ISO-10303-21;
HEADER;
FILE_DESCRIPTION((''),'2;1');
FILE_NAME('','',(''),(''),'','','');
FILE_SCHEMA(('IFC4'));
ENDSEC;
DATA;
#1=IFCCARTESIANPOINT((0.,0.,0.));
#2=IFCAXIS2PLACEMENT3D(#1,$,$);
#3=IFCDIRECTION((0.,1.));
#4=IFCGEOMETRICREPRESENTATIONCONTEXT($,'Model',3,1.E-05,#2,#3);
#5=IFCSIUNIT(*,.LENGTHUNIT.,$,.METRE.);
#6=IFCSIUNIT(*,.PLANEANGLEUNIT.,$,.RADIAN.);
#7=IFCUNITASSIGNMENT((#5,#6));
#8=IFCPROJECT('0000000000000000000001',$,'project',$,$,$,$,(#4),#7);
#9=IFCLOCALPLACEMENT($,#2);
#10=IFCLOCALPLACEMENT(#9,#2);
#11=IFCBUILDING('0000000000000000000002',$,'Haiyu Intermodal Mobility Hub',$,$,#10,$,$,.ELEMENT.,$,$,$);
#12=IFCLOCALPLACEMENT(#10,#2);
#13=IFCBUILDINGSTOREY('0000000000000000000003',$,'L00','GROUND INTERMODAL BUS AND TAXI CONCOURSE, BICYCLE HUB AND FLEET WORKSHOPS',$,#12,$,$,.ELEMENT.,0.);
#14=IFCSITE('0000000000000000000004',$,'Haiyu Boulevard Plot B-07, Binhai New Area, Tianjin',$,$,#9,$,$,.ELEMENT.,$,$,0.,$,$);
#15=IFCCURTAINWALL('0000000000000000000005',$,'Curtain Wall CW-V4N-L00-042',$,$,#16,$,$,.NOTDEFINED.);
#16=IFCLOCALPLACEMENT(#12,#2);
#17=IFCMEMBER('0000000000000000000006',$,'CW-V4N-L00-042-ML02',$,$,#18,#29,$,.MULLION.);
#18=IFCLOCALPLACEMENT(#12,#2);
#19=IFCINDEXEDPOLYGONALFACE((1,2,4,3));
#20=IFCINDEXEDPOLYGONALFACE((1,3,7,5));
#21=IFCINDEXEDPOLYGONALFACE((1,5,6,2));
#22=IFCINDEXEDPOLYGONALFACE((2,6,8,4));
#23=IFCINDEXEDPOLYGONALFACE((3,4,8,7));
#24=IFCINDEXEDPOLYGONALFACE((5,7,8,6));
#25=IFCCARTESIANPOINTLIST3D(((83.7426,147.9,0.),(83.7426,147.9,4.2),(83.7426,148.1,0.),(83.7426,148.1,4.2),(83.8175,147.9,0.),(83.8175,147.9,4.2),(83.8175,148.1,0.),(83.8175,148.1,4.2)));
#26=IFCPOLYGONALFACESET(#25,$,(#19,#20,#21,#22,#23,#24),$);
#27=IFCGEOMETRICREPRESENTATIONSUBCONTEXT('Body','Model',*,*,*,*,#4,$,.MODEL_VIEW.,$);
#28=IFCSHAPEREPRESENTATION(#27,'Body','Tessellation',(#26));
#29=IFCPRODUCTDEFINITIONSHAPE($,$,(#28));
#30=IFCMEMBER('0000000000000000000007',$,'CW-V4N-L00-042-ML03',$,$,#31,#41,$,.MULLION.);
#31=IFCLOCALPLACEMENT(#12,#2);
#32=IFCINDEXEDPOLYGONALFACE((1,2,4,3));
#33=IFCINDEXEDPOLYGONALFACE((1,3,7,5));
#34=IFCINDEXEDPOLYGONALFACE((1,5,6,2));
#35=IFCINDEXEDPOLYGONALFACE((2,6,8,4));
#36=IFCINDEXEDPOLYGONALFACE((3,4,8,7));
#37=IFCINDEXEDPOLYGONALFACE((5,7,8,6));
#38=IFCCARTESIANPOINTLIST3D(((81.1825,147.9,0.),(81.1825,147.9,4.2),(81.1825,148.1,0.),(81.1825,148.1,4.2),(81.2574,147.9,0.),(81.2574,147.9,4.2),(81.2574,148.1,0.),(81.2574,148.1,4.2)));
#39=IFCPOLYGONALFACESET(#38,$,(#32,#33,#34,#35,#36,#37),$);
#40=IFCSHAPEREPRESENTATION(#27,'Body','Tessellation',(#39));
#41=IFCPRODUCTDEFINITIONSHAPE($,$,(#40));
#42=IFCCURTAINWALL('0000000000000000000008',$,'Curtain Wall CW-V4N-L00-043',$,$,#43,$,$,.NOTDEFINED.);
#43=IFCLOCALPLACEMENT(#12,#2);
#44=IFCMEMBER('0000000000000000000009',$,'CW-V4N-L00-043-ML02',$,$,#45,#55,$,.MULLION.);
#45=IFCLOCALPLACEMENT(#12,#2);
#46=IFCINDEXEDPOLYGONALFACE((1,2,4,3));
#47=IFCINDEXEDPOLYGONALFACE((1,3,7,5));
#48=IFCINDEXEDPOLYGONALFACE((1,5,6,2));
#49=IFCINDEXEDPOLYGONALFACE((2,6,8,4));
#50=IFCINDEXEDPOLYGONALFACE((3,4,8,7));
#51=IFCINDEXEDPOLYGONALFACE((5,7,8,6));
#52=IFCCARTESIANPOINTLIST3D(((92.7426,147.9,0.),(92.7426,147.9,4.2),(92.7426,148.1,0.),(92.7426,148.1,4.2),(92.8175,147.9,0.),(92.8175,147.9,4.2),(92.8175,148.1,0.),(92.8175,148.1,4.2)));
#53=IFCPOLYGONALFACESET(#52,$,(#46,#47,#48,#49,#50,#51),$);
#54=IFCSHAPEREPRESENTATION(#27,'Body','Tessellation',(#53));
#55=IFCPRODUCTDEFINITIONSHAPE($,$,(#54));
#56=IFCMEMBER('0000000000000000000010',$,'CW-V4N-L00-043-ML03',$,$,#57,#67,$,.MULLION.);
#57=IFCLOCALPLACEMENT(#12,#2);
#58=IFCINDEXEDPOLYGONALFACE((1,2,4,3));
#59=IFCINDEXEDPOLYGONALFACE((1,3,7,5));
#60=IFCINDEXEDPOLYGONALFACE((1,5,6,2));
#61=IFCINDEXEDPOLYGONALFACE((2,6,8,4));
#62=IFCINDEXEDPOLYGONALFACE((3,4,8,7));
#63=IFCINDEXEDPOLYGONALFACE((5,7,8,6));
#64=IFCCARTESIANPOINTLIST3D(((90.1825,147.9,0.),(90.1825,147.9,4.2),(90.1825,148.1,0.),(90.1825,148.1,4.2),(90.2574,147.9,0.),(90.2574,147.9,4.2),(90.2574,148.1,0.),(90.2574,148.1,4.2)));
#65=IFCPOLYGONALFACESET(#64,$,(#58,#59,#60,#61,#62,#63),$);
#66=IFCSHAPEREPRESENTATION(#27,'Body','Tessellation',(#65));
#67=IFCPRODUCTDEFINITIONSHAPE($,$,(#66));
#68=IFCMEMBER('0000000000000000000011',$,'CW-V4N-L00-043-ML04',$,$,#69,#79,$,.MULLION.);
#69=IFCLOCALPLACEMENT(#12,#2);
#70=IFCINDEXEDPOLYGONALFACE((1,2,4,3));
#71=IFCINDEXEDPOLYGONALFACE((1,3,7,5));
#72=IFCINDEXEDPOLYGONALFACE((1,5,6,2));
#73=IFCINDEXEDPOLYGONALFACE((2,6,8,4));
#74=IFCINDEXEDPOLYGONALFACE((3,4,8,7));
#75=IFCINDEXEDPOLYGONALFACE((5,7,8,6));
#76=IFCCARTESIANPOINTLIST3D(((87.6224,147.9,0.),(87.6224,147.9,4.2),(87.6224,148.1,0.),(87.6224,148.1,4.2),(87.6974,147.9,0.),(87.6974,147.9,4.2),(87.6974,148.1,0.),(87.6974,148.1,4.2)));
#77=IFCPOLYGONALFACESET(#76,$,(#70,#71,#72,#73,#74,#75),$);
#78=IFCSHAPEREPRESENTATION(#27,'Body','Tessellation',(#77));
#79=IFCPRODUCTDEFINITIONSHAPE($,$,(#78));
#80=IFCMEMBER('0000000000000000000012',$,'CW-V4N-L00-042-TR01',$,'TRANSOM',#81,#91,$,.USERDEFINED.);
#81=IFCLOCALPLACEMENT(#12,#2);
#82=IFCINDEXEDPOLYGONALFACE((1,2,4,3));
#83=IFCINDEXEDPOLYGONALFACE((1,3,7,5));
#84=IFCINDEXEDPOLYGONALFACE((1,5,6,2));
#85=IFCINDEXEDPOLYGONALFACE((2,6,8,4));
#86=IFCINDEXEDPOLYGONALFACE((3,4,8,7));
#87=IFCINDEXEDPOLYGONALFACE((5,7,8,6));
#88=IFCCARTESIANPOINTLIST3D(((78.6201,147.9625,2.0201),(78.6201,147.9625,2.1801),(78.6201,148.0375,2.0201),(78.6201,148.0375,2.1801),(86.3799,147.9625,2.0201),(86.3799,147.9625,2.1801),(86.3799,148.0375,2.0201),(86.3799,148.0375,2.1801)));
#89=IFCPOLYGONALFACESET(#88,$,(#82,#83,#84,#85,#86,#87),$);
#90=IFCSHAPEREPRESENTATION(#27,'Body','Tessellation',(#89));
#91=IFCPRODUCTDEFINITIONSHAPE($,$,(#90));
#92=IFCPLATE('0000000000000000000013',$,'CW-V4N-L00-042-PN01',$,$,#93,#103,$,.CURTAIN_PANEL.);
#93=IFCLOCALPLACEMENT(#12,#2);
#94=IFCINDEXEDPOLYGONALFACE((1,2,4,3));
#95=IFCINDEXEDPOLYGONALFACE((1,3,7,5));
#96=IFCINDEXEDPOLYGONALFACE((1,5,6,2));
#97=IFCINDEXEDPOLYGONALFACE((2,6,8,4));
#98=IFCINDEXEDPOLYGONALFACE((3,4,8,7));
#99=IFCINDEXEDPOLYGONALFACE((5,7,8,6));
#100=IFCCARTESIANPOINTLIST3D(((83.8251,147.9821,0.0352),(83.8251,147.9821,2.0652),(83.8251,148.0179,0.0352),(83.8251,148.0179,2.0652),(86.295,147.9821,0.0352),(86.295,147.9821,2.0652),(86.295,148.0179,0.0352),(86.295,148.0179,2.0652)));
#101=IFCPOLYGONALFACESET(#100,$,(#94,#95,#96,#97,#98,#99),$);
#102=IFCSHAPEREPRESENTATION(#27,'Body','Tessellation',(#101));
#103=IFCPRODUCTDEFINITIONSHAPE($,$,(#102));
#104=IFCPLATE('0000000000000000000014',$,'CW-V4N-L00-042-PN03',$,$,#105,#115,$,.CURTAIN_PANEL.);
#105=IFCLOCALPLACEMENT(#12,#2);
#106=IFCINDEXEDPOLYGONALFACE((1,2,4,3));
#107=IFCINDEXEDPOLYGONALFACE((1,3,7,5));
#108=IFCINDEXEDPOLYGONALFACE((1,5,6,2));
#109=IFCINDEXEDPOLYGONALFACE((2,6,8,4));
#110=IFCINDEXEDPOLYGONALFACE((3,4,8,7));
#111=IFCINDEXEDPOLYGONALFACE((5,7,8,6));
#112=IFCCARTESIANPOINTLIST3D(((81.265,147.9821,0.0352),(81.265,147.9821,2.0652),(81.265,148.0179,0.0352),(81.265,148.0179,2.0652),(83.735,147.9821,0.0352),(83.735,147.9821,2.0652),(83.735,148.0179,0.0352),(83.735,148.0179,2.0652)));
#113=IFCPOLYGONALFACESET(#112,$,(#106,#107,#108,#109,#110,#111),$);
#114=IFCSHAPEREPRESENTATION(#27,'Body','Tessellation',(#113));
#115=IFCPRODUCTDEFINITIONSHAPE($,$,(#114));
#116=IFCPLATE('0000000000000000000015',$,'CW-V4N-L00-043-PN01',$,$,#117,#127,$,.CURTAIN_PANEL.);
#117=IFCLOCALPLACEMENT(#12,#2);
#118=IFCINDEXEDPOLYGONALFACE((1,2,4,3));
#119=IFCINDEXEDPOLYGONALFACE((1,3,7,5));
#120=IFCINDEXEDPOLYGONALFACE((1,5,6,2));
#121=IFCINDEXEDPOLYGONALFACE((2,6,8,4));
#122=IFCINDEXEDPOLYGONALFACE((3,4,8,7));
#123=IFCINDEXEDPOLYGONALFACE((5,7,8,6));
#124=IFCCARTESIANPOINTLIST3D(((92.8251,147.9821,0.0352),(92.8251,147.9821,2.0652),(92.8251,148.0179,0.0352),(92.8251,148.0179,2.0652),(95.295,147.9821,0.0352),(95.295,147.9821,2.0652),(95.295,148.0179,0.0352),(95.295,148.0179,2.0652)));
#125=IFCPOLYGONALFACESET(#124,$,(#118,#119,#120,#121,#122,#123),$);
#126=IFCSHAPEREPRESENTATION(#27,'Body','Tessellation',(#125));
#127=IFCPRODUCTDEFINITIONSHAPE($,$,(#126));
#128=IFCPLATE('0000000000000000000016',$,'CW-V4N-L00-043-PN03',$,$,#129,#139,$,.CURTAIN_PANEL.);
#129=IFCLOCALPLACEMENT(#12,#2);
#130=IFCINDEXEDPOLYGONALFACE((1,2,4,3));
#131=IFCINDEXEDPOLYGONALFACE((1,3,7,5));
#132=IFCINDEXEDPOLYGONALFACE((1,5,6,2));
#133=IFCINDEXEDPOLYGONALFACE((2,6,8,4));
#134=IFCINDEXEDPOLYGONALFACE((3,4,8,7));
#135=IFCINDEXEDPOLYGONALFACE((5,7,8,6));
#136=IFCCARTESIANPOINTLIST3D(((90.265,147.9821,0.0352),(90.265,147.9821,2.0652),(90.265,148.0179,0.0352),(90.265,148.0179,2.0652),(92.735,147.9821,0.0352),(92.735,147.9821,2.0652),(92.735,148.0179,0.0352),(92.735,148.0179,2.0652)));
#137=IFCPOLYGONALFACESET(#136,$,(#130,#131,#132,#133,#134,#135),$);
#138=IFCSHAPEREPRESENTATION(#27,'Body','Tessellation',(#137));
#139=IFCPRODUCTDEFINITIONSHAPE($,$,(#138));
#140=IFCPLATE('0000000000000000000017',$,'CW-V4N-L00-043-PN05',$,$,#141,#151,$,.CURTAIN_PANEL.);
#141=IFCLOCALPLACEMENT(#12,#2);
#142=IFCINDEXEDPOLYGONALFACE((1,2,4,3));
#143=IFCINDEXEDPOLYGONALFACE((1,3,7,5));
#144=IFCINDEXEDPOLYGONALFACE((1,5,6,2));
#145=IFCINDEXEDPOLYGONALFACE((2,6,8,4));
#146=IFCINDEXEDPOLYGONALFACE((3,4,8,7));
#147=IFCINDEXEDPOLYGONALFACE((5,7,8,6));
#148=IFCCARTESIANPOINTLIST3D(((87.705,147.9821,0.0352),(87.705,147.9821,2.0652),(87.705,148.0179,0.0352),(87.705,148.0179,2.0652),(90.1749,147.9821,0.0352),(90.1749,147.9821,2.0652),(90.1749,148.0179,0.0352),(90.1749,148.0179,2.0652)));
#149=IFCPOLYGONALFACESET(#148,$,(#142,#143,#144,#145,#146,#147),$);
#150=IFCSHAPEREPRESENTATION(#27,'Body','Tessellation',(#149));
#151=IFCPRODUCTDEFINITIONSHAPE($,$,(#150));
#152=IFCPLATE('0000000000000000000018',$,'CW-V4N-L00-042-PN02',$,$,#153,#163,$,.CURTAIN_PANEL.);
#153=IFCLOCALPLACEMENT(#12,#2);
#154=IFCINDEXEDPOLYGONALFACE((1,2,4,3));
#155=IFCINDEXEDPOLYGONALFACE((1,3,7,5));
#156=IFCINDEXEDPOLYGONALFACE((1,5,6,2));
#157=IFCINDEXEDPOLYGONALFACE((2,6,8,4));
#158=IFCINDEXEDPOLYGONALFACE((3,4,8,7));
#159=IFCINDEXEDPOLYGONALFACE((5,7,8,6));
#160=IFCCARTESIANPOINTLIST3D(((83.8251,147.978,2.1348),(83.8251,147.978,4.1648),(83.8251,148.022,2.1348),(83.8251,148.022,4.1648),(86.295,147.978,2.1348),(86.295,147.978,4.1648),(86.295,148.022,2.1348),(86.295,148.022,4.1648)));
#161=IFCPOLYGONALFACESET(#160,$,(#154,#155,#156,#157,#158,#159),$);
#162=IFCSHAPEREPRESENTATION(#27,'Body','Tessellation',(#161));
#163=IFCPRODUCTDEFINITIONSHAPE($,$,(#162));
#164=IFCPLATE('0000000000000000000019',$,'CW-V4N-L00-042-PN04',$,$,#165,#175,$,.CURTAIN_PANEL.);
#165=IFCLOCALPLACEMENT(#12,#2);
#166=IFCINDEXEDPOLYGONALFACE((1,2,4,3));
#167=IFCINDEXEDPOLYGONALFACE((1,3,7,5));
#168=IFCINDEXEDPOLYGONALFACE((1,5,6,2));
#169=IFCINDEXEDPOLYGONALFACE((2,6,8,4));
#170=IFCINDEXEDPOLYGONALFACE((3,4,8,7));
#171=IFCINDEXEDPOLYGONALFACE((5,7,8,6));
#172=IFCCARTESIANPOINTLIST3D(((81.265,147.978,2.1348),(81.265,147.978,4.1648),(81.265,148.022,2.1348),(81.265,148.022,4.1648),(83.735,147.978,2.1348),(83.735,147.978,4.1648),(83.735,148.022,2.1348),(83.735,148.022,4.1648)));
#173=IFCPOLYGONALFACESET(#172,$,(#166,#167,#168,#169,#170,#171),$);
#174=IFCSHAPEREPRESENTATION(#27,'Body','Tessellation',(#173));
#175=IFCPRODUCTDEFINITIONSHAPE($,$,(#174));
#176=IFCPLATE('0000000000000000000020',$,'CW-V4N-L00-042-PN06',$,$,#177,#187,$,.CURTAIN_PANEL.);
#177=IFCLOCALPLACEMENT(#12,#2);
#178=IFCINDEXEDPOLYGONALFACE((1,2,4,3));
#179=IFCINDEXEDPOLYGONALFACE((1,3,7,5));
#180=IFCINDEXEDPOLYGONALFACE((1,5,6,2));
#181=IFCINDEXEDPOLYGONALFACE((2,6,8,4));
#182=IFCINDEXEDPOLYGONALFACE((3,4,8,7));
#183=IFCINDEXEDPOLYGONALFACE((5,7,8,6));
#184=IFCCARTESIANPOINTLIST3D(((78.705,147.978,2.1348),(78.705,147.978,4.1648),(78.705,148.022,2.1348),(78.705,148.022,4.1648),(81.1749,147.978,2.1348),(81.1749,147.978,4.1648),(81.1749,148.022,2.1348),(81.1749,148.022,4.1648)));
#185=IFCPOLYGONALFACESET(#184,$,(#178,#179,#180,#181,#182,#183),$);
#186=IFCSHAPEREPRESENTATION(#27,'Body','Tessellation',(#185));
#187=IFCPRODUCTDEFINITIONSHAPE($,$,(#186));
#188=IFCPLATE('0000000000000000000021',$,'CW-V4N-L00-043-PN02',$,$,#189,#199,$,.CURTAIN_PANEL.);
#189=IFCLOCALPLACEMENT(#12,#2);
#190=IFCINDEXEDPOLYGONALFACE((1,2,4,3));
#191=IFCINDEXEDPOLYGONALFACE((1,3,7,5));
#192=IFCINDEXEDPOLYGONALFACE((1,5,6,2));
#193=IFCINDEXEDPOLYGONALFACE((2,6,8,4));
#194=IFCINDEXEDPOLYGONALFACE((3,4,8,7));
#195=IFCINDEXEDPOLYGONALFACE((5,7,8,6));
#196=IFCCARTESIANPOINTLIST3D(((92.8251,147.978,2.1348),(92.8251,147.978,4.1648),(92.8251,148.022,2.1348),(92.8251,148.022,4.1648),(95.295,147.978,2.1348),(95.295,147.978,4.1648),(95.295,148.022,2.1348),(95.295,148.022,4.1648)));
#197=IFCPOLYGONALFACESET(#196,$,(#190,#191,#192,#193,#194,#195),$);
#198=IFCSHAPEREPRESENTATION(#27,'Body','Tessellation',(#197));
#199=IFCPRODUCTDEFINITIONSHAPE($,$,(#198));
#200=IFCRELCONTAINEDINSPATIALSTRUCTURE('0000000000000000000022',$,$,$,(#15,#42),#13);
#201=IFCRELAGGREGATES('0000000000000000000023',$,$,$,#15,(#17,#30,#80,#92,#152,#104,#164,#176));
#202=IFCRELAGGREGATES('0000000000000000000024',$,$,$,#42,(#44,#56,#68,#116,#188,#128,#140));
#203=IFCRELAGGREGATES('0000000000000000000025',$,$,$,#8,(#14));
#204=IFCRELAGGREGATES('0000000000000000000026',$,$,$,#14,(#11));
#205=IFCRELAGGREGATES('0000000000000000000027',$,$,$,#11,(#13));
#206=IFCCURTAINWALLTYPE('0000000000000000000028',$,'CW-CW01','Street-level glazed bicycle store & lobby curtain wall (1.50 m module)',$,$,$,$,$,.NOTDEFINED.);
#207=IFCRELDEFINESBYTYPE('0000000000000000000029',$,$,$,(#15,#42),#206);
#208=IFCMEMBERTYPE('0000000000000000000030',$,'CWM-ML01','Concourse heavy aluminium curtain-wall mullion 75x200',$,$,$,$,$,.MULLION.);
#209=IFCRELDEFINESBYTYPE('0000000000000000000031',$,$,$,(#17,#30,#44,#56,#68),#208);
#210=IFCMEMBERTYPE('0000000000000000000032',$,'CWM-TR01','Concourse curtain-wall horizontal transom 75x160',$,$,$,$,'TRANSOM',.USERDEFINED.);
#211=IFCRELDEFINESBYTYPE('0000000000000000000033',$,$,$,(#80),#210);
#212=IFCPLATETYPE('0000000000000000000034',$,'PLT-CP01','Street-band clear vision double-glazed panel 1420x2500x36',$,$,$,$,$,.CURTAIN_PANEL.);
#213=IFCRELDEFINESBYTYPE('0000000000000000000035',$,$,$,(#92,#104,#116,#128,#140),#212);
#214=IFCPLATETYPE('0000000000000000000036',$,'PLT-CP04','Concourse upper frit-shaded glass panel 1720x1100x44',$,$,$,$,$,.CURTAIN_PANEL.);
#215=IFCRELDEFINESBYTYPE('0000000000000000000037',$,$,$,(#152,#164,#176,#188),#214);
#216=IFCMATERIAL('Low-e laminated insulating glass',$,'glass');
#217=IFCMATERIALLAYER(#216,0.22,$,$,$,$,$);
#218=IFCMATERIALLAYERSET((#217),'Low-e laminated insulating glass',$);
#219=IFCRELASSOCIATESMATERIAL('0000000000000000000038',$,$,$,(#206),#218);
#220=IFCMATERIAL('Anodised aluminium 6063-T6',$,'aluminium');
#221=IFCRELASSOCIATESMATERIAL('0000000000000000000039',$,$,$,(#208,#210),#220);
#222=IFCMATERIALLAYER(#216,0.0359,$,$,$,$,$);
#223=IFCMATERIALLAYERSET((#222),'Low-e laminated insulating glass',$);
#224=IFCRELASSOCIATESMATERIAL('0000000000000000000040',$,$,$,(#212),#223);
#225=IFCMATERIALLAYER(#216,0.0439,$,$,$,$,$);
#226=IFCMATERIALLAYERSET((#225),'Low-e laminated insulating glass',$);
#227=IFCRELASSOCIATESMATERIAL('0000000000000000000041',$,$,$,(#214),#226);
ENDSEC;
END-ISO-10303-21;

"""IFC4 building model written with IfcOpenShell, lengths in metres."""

from ifc_helpers import new_model, si_unit, direction, frame, origin, origin_2d, place, context, subcontext, project, spatial, rectangle, extrude, material, layer, layer_set, material_profile, profile_set, type_object, element, aggregate, save


model = new_model("IFC4")

# Units and contexts
model_context = context("Model", 3, precision=1e-05, world=origin(), true_north=direction((0.0, 1.0)))
body_context = subcontext(model_context, "Body", "Model", "MODEL_VIEW")
ifc_project = project(units=[si_unit("LENGTHUNIT", "METRE"), si_unit("PLANEANGLEUNIT", "RADIAN")], contexts=[model_context])

# Site, building, storey
site_placement = place(None, origin())
site = spatial("IfcSite", under=ifc_project, at=site_placement, Name="Haiyu Boulevard Plot B-07, Binhai New Area, Tianjin", CompositionType="ELEMENT", RefElevation=0.0)
building_placement = place(site_placement, origin())
building = spatial("IfcBuilding", under=site, at=building_placement, Name="Haiyu Intermodal Mobility Hub", CompositionType="ELEMENT")
storey_placement = place(building_placement, origin())
storey = spatial("IfcBuildingStorey", under=building, at=storey_placement, Name="L00", Description="GROUND INTERMODAL BUS AND TAXI CONCOURSE, BICYCLE HUB AND FLEET WORKSHOPS", CompositionType="ELEMENT", Elevation=0.0)

# Curtain walls, members
ifc_material_1 = material(Name="Low-e laminated insulating glass", Category="glass")
ifc_layer_1 = layer(ifc_material_1, 0.22)
ifc_layer_set_1 = layer_set([ifc_layer_1], Name="Low-e laminated insulating glass")
curtain_wall_type = type_object("IfcCurtainWallType", Name="CW-CW01", Description="Street-level glazed bicycle store & lobby curtain wall (1.50 m module)", PredefinedType="NOTDEFINED", material=ifc_layer_set_1)
curtain_wall_1_placement = place(storey_placement, origin())
curtain_wall_1 = element("IfcCurtainWall", 1, at=curtain_wall_1_placement, inside=storey, type_object=curtain_wall_type, Name="Curtain Wall CW-V4N-L00-042", PredefinedType="NOTDEFINED")
ifc_material_2 = material(Name="Anodised aluminium 6063-T6", Category="aluminium")
ifc_material_profile_1 = material_profile(ifc_material_2, rectangle(XDim=0.075, YDim=0.2, at=origin_2d()), Name="ALU75x200")
ifc_profile_set_1 = profile_set([ifc_material_profile_1], Name="Anodised aluminium 6063-T6")
member_type_1 = type_object("IfcMemberType", Name="CWM-ML01", Description="Concourse heavy aluminium curtain-wall mullion 75x200", PredefinedType="MULLION", material=ifc_profile_set_1)
member_1_placement = place(storey_placement, frame((83.78, 148.0, 0.0), z_axis=(0.0, 0.0, 1.0), x_axis=(1.0, 0.0, 0.0)))
member_1 = element("IfcMember", 2, at=member_1_placement, type_object=member_type_1, Name="CW-V4N-L00-042-ML02", PredefinedType="MULLION", context=body_context, shape_type="SweptSolid", body=[
    extrude(rectangle(XDim=0.075, YDim=0.2, at=origin_2d()), origin(), (0.0, 0.0, 1.0), 4.2),
])
member_2_placement = place(storey_placement, frame((81.22, 148.0, 0.0), z_axis=(0.0, 0.0, 1.0), x_axis=(1.0, 0.0, 0.0)))
member_2 = element("IfcMember", 3, at=member_2_placement, type_object=member_type_1, Name="CW-V4N-L00-042-ML03", PredefinedType="MULLION", context=body_context, shape_type="SweptSolid", body=[
    extrude(rectangle(XDim=0.075, YDim=0.2, at=origin_2d()), origin(), (0.0, 0.0, 1.0), 4.2),
])
curtain_wall_2_placement = place(storey_placement, origin())
curtain_wall_2 = element("IfcCurtainWall", 4, at=curtain_wall_2_placement, inside=storey, type_object=curtain_wall_type, Name="Curtain Wall CW-V4N-L00-043", PredefinedType="NOTDEFINED")
member_3_placement = place(storey_placement, frame((92.78, 148.0, 0.0), z_axis=(0.0, 0.0, 1.0), x_axis=(1.0, 0.0, 0.0)))
member_3 = element("IfcMember", 5, at=member_3_placement, type_object=member_type_1, Name="CW-V4N-L00-043-ML02", PredefinedType="MULLION", context=body_context, shape_type="SweptSolid", body=[
    extrude(rectangle(XDim=0.075, YDim=0.2, at=origin_2d()), origin(), (0.0, 0.0, 1.0), 4.2),
])
member_4_placement = place(storey_placement, frame((90.22, 148.0, 0.0), z_axis=(0.0, 0.0, 1.0), x_axis=(1.0, 0.0, 0.0)))
member_4 = element("IfcMember", 6, at=member_4_placement, type_object=member_type_1, Name="CW-V4N-L00-043-ML03", PredefinedType="MULLION", context=body_context, shape_type="SweptSolid", body=[
    extrude(rectangle(XDim=0.075, YDim=0.2, at=origin_2d()), origin(), (0.0, 0.0, 1.0), 4.2),
])
member_5_placement = place(storey_placement, frame((87.6599, 148.0, 0.0), z_axis=(0.0, 0.0, 1.0), x_axis=(1.0, 0.0, 0.0)))
member_5 = element("IfcMember", 7, at=member_5_placement, type_object=member_type_1, Name="CW-V4N-L00-043-ML04", PredefinedType="MULLION", context=body_context, shape_type="SweptSolid", body=[
    extrude(rectangle(XDim=0.075, YDim=0.2, at=origin_2d()), origin(), (0.0, 0.0, 1.0), 4.2),
])

# Member
ifc_material_profile_2 = material_profile(ifc_material_2, rectangle(XDim=0.075, YDim=0.1599, at=origin_2d()), Name="ALU75x160")
ifc_profile_set_2 = profile_set([ifc_material_profile_2], Name="Anodised aluminium 6063-T6")
member_type_2 = type_object("IfcMemberType", Name="CWM-TR01", Description="Concourse curtain-wall horizontal transom 75x160", ElementType="TRANSOM", PredefinedType="USERDEFINED", material=ifc_profile_set_2)
member_6_placement = place(storey_placement, frame((86.3799, 148.0, 2.1001), z_axis=(-1.0, 0.0, 0.0), x_axis=(0.0, -1.0, 0.0)))
member_6 = element("IfcMember", 8, at=member_6_placement, type_object=member_type_2, Name="CW-V4N-L00-042-TR01", ObjectType="TRANSOM", PredefinedType="USERDEFINED", context=body_context, shape_type="SweptSolid", body=[
    extrude(rectangle(XDim=0.075, YDim=0.1599, at=origin_2d()), origin(), (0.0, 0.0, 1.0), 7.7598),
])

# Plates
ifc_layer_2 = layer(ifc_material_1, 0.0359)
ifc_layer_set_2 = layer_set([ifc_layer_2], Name="Low-e laminated insulating glass")
plate_type_1 = type_object("IfcPlateType", Name="PLT-CP01", Description="Street-band clear vision double-glazed panel 1420x2500x36", PredefinedType="CURTAIN_PANEL", material=ifc_layer_set_2)
plate_1_placement = place(storey_placement, frame((85.0601, 148.0, 0.0352), z_axis=(0.0, 0.0, 1.0), x_axis=(-1.0, 0.0, 0.0)))
plate_1 = element("IfcPlate", 9, at=plate_1_placement, type_object=plate_type_1, Name="CW-V4N-L00-042-PN01", PredefinedType="CURTAIN_PANEL", context=body_context, shape_type="SweptSolid", body=[
    extrude(rectangle(XDim=2.47, YDim=0.0359, at=origin_2d()), origin(), (0.0, 0.0, 1.0), 2.03),
])
plate_2_placement = place(storey_placement, frame((82.5, 148.0, 0.0352), z_axis=(0.0, 0.0, 1.0), x_axis=(-1.0, 0.0, 0.0)))
plate_2 = element("IfcPlate", 10, at=plate_2_placement, type_object=plate_type_1, Name="CW-V4N-L00-042-PN03", PredefinedType="CURTAIN_PANEL", context=body_context, shape_type="SweptSolid", body=[
    extrude(rectangle(XDim=2.47, YDim=0.0359, at=origin_2d()), origin(), (0.0, 0.0, 1.0), 2.03),
])
plate_3_placement = place(storey_placement, frame((94.0601, 148.0, 0.0352), z_axis=(0.0, 0.0, 1.0), x_axis=(-1.0, 0.0, 0.0)))
plate_3 = element("IfcPlate", 11, at=plate_3_placement, type_object=plate_type_1, Name="CW-V4N-L00-043-PN01", PredefinedType="CURTAIN_PANEL", context=body_context, shape_type="SweptSolid", body=[
    extrude(rectangle(XDim=2.47, YDim=0.0359, at=origin_2d()), origin(), (0.0, 0.0, 1.0), 2.03),
])
plate_4_placement = place(storey_placement, frame((91.5, 148.0, 0.0352), z_axis=(0.0, 0.0, 1.0), x_axis=(-1.0, 0.0, 0.0)))
plate_4 = element("IfcPlate", 12, at=plate_4_placement, type_object=plate_type_1, Name="CW-V4N-L00-043-PN03", PredefinedType="CURTAIN_PANEL", context=body_context, shape_type="SweptSolid", body=[
    extrude(rectangle(XDim=2.47, YDim=0.0359, at=origin_2d()), origin(), (0.0, 0.0, 1.0), 2.03),
])
plate_5_placement = place(storey_placement, frame((88.9399, 148.0, 0.0352), z_axis=(0.0, 0.0, 1.0), x_axis=(-1.0, 0.0, 0.0)))
plate_5 = element("IfcPlate", 13, at=plate_5_placement, type_object=plate_type_1, Name="CW-V4N-L00-043-PN05", PredefinedType="CURTAIN_PANEL", context=body_context, shape_type="SweptSolid", body=[
    extrude(rectangle(XDim=2.47, YDim=0.0359, at=origin_2d()), origin(), (0.0, 0.0, 1.0), 2.03),
])
ifc_layer_3 = layer(ifc_material_1, 0.0439)
ifc_layer_set_3 = layer_set([ifc_layer_3], Name="Low-e laminated insulating glass")
plate_type_2 = type_object("IfcPlateType", Name="PLT-CP04", Description="Concourse upper frit-shaded glass panel 1720x1100x44", PredefinedType="CURTAIN_PANEL", material=ifc_layer_set_3)
plate_6_placement = place(storey_placement, frame((85.0601, 148.0, 2.1348), z_axis=(0.0, 0.0, 1.0), x_axis=(-1.0, 0.0, 0.0)))
plate_6 = element("IfcPlate", 14, at=plate_6_placement, type_object=plate_type_2, Name="CW-V4N-L00-042-PN02", PredefinedType="CURTAIN_PANEL", context=body_context, shape_type="SweptSolid", body=[
    extrude(rectangle(XDim=2.47, YDim=0.0439, at=origin_2d()), origin(), (0.0, 0.0, 1.0), 2.03),
])
plate_7_placement = place(storey_placement, frame((82.5, 148.0, 2.1348), z_axis=(0.0, 0.0, 1.0), x_axis=(-1.0, 0.0, 0.0)))
plate_7 = element("IfcPlate", 15, at=plate_7_placement, type_object=plate_type_2, Name="CW-V4N-L00-042-PN04", PredefinedType="CURTAIN_PANEL", context=body_context, shape_type="SweptSolid", body=[
    extrude(rectangle(XDim=2.47, YDim=0.0439, at=origin_2d()), origin(), (0.0, 0.0, 1.0), 2.03),
])
plate_8_placement = place(storey_placement, frame((79.9399, 148.0, 2.1348), z_axis=(0.0, 0.0, 1.0), x_axis=(-1.0, 0.0, 0.0)))
plate_8 = element("IfcPlate", 16, at=plate_8_placement, type_object=plate_type_2, Name="CW-V4N-L00-042-PN06", PredefinedType="CURTAIN_PANEL", context=body_context, shape_type="SweptSolid", body=[
    extrude(rectangle(XDim=2.47, YDim=0.0439, at=origin_2d()), origin(), (0.0, 0.0, 1.0), 2.03),
])
aggregate(curtain_wall_1, [member_1, member_2, member_6, plate_1, plate_6, plate_2, plate_7, plate_8])
plate_9_placement = place(storey_placement, frame((94.0601, 148.0, 2.1348), z_axis=(0.0, 0.0, 1.0), x_axis=(-1.0, 0.0, 0.0)))
plate_9 = element("IfcPlate", 17, at=plate_9_placement, type_object=plate_type_2, Name="CW-V4N-L00-043-PN02", PredefinedType="CURTAIN_PANEL", context=body_context, shape_type="SweptSolid", body=[
    extrude(rectangle(XDim=2.47, YDim=0.0439, at=origin_2d()), origin(), (0.0, 0.0, 1.0), 2.03),
])
aggregate(curtain_wall_2, [member_3, member_4, member_5, plate_3, plate_9, plate_4, plate_5])

save(model, "model.ifc")
